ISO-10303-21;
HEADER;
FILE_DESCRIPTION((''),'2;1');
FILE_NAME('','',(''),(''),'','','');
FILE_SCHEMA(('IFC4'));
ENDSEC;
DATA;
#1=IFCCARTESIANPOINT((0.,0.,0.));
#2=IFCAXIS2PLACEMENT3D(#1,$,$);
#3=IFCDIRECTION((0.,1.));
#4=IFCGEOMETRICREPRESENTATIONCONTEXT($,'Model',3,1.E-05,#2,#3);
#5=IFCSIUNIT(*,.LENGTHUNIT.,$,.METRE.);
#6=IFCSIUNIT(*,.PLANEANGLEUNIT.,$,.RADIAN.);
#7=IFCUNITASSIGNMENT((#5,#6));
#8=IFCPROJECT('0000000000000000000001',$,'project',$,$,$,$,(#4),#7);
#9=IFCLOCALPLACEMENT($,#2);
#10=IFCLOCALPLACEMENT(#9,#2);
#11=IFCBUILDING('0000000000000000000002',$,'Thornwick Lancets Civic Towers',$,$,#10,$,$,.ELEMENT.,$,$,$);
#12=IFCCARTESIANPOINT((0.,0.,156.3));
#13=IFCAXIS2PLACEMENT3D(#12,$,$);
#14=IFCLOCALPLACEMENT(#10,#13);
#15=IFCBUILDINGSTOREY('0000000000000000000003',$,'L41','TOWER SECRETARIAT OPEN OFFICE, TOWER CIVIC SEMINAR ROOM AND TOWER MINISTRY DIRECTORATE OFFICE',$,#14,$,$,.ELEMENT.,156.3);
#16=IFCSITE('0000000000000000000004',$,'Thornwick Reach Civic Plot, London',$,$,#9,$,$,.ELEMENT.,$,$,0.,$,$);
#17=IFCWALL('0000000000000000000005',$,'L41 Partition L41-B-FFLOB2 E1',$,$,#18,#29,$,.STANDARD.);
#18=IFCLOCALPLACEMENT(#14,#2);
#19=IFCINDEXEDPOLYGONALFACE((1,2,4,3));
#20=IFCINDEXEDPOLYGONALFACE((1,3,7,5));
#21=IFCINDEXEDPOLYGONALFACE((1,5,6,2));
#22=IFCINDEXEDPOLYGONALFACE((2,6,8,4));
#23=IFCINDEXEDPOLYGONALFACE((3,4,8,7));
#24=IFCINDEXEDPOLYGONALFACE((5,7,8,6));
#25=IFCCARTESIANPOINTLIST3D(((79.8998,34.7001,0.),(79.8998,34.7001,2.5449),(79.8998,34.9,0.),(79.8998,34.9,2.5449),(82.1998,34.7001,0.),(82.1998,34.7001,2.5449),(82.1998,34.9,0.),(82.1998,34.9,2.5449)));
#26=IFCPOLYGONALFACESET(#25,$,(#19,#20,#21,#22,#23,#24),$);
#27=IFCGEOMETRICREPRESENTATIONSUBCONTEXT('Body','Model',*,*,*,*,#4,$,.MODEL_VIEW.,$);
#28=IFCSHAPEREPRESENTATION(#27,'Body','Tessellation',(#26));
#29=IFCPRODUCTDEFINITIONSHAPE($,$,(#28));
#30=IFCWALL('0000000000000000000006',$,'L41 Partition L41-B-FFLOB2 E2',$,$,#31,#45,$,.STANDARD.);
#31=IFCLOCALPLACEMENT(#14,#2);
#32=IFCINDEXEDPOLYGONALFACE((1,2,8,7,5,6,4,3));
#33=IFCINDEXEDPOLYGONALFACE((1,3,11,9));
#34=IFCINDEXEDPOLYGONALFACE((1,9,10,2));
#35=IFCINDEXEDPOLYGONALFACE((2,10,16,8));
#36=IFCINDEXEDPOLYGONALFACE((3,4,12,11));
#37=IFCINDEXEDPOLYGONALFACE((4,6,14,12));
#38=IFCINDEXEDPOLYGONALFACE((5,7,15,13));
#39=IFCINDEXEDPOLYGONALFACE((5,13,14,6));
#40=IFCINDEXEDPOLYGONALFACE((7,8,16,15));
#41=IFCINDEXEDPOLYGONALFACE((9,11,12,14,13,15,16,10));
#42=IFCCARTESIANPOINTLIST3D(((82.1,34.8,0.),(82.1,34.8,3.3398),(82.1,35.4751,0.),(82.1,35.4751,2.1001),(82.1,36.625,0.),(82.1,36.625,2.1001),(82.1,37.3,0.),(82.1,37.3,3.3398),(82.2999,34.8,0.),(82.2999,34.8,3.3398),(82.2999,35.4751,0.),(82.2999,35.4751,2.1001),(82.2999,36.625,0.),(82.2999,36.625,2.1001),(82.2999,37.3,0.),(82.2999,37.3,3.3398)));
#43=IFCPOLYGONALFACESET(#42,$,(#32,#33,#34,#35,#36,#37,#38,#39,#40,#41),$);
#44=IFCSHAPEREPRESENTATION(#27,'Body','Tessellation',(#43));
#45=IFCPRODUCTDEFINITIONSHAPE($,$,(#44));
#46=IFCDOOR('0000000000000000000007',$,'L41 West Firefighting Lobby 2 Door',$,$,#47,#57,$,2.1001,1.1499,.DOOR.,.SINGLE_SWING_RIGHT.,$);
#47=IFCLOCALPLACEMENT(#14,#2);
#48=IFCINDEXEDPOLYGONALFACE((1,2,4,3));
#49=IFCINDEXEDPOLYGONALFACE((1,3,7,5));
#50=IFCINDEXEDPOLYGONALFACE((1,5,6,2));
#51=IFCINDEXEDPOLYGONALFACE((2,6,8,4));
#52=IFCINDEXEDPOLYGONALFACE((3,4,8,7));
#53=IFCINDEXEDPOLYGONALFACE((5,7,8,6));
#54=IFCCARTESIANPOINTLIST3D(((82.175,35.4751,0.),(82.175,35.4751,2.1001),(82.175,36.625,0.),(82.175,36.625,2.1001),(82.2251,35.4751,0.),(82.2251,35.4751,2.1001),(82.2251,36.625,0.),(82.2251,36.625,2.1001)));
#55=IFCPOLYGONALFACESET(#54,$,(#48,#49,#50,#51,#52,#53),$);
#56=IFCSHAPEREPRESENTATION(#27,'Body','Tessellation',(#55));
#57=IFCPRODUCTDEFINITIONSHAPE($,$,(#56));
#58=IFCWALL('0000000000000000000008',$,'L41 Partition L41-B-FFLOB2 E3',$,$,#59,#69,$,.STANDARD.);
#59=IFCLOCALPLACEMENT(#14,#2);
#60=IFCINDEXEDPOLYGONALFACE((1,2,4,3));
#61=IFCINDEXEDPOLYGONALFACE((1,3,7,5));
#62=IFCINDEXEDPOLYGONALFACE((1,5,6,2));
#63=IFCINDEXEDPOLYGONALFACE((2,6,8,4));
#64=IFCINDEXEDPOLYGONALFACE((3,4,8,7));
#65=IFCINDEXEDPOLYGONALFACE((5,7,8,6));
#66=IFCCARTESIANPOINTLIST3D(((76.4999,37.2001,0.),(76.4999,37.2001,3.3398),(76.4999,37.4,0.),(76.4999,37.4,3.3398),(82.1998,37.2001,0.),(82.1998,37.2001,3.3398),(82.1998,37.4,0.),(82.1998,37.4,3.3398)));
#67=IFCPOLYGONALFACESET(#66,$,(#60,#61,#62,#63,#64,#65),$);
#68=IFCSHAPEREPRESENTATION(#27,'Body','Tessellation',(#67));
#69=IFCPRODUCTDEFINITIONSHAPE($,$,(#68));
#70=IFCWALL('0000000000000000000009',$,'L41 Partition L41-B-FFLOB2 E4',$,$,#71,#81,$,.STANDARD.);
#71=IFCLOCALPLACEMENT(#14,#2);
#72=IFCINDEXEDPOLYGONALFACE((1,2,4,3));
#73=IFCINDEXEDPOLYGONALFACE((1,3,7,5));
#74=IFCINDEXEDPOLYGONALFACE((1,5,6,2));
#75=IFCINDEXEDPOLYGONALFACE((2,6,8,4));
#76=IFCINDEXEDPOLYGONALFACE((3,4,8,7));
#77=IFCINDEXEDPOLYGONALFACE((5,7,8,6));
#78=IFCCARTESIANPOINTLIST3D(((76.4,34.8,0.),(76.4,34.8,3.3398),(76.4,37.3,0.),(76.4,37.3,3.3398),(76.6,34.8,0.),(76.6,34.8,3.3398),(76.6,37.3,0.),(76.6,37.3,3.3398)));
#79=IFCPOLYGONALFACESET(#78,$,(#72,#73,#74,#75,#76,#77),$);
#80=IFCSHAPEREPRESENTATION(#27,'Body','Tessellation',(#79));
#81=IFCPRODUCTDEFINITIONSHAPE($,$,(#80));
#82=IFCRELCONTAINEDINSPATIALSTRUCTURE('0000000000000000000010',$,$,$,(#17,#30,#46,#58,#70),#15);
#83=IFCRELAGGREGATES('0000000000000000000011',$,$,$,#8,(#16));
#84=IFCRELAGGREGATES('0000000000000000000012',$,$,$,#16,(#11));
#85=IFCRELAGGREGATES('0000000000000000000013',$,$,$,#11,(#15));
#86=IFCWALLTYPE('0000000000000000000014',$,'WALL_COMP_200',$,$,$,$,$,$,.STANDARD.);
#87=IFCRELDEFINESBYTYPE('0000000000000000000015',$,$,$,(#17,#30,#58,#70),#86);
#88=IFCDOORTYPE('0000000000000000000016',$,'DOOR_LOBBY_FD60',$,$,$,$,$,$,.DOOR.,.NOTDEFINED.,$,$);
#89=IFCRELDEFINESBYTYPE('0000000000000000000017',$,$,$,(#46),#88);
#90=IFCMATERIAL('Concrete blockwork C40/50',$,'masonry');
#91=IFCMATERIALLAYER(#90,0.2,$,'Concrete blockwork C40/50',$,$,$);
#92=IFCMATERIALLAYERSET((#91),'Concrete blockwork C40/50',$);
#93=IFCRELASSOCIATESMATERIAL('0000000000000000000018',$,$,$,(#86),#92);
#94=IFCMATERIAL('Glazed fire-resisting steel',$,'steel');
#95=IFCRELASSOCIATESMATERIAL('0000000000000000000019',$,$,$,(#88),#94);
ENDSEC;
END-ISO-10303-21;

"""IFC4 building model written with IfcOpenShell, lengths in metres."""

from ifc_helpers import new_model, si_unit, direction, frame, frame_2d, origin, place, context, subcontext, project, spatial, rectangle, extrude, material, layer, layer_set, type_object, element, fill, save


model = new_model("IFC4")

# Units and contexts
model_context = context("Model", 3, precision=1e-05, world=origin(), true_north=direction((0.0, 1.0)))
body_context = subcontext(model_context, "Body", "Model", "MODEL_VIEW")
ifc_project = project(units=[si_unit("LENGTHUNIT", "METRE"), si_unit("PLANEANGLEUNIT", "RADIAN")], contexts=[model_context])

# Site, building, storey
site_placement = place(None, origin())
site = spatial("IfcSite", under=ifc_project, at=site_placement, Name="Thornwick Reach Civic Plot, London", CompositionType="ELEMENT", RefElevation=0.0)
building_placement = place(site_placement, origin())
building = spatial("IfcBuilding", under=site, at=building_placement, Name="Thornwick Lancets Civic Towers", CompositionType="ELEMENT")
storey_placement = place(building_placement, frame((0.0, 0.0, 156.3)))
storey = spatial("IfcBuildingStorey", under=building, at=storey_placement, Name="L41", Description="TOWER SECRETARIAT OPEN OFFICE, TOWER CIVIC SEMINAR ROOM AND TOWER MINISTRY DIRECTORATE OFFICE", CompositionType="ELEMENT", Elevation=156.3)

# Wall
ifc_material_1 = material(Name="Concrete blockwork C40/50", Category="masonry")
ifc_layer_1 = layer(ifc_material_1, 0.2, Name="Concrete blockwork C40/50")
ifc_layer_set_1 = layer_set([ifc_layer_1], Name="Concrete blockwork C40/50")
wall_type_1 = type_object("IfcWallType", Name="WALL_COMP_200", PredefinedType="STANDARD", material=ifc_layer_set_1)
wall_1_placement = place(storey_placement, frame((79.8999, 34.8, 0.0), z_axis=(0.0, 0.0, 1.0), x_axis=(1.0, 0.0, 0.0)))
element("IfcWall", 1, at=wall_1_placement, inside=storey, type_object=wall_type_1, Name="L41 Partition L41-B-FFLOB2 E1", PredefinedType="STANDARD", context=body_context, shape_type="SweptSolid", body=[
    extrude(rectangle(XDim=2.3, YDim=0.2, at=frame_2d((1.1499, 0.0))), origin(), (0.0, 0.0, 1.0), 2.5449),
])

# Wall, opening, door
wall_2_placement = place(storey_placement, frame((82.2, 34.8, 0.0), z_axis=(0.0, 0.0, 1.0), x_axis=(0.0, 1.0, 0.0)))
wall_2 = element("IfcWall", 2, at=wall_2_placement, inside=storey, type_object=wall_type_1, Name="L41 Partition L41-B-FFLOB2 E2", PredefinedType="STANDARD", context=body_context, shape_type="SweptSolid", body=[
    extrude(rectangle(XDim=2.5, YDim=0.2, at=frame_2d((1.25, 0.0))), origin(), (0.0, 0.0, 1.0), 3.3398),
])
opening_1_placement = place(wall_2_placement, frame((0.675, 0.0, 0.0)))
opening_1 = element("IfcOpeningElement", 3, at=opening_1_placement, cuts=wall_2, PredefinedType="OPENING", context=body_context, shape_type="SweptSolid", body=[
    extrude(rectangle(XDim=1.1499, YDim=2.1001, at=frame_2d((0.575, 1.05))), frame((0.0, 0.1099, 0.0), z_axis=(0.0, -1.0, 0.0), x_axis=(1.0, 0.0, 0.0)), (0.0, 0.0, 1.0), 0.22),
])
ifc_material_2 = material(Name="Glazed fire-resisting steel", Category="steel")
door_type = type_object("IfcDoorType", Name="DOOR_LOBBY_FD60", OperationType="NOTDEFINED", PredefinedType="DOOR", material=ifc_material_2)
door_placement = place(opening_1_placement, origin())
door = element("IfcDoor", 4, at=door_placement, inside=storey, type_object=door_type, Name="L41 West Firefighting Lobby 2 Door", OperationType="SINGLE_SWING_RIGHT", OverallHeight=2.1001, OverallWidth=1.1499, PredefinedType="DOOR", context=body_context, shape_type="SweptSolid", body=[
    extrude(rectangle(XDim=1.1499, YDim=2.1001, at=frame_2d((0.575, 1.05))), frame((0.0, 0.0249, 0.0), z_axis=(0.0, -1.0, 0.0), x_axis=(1.0, 0.0, 0.0)), (0.0, 0.0, 1.0), 0.05),
])
fill(opening_1, door)

# Walls
wall_3_placement = place(storey_placement, frame((82.2, 37.3, 0.0), z_axis=(0.0, 0.0, 1.0), x_axis=(-1.0, 0.0, 0.0)))
element("IfcWall", 5, at=wall_3_placement, inside=storey, type_object=wall_type_1, Name="L41 Partition L41-B-FFLOB2 E3", PredefinedType="STANDARD", context=body_context, shape_type="SweptSolid", body=[
    extrude(rectangle(XDim=5.7, YDim=0.2, at=frame_2d((2.8501, 0.0))), origin(), (0.0, 0.0, 1.0), 3.3398),
])
wall_4_placement = place(storey_placement, frame((76.5, 37.3, 0.0), z_axis=(0.0, 0.0, 1.0), x_axis=(0.0, -1.0, 0.0)))
element("IfcWall", 6, at=wall_4_placement, inside=storey, type_object=wall_type_1, Name="L41 Partition L41-B-FFLOB2 E4", PredefinedType="STANDARD", context=body_context, shape_type="SweptSolid", body=[
    extrude(rectangle(XDim=2.5, YDim=0.2, at=frame_2d((1.25, 0.0))), origin(), (0.0, 0.0, 1.0), 3.3398),
])

save(model, "model.ifc")
